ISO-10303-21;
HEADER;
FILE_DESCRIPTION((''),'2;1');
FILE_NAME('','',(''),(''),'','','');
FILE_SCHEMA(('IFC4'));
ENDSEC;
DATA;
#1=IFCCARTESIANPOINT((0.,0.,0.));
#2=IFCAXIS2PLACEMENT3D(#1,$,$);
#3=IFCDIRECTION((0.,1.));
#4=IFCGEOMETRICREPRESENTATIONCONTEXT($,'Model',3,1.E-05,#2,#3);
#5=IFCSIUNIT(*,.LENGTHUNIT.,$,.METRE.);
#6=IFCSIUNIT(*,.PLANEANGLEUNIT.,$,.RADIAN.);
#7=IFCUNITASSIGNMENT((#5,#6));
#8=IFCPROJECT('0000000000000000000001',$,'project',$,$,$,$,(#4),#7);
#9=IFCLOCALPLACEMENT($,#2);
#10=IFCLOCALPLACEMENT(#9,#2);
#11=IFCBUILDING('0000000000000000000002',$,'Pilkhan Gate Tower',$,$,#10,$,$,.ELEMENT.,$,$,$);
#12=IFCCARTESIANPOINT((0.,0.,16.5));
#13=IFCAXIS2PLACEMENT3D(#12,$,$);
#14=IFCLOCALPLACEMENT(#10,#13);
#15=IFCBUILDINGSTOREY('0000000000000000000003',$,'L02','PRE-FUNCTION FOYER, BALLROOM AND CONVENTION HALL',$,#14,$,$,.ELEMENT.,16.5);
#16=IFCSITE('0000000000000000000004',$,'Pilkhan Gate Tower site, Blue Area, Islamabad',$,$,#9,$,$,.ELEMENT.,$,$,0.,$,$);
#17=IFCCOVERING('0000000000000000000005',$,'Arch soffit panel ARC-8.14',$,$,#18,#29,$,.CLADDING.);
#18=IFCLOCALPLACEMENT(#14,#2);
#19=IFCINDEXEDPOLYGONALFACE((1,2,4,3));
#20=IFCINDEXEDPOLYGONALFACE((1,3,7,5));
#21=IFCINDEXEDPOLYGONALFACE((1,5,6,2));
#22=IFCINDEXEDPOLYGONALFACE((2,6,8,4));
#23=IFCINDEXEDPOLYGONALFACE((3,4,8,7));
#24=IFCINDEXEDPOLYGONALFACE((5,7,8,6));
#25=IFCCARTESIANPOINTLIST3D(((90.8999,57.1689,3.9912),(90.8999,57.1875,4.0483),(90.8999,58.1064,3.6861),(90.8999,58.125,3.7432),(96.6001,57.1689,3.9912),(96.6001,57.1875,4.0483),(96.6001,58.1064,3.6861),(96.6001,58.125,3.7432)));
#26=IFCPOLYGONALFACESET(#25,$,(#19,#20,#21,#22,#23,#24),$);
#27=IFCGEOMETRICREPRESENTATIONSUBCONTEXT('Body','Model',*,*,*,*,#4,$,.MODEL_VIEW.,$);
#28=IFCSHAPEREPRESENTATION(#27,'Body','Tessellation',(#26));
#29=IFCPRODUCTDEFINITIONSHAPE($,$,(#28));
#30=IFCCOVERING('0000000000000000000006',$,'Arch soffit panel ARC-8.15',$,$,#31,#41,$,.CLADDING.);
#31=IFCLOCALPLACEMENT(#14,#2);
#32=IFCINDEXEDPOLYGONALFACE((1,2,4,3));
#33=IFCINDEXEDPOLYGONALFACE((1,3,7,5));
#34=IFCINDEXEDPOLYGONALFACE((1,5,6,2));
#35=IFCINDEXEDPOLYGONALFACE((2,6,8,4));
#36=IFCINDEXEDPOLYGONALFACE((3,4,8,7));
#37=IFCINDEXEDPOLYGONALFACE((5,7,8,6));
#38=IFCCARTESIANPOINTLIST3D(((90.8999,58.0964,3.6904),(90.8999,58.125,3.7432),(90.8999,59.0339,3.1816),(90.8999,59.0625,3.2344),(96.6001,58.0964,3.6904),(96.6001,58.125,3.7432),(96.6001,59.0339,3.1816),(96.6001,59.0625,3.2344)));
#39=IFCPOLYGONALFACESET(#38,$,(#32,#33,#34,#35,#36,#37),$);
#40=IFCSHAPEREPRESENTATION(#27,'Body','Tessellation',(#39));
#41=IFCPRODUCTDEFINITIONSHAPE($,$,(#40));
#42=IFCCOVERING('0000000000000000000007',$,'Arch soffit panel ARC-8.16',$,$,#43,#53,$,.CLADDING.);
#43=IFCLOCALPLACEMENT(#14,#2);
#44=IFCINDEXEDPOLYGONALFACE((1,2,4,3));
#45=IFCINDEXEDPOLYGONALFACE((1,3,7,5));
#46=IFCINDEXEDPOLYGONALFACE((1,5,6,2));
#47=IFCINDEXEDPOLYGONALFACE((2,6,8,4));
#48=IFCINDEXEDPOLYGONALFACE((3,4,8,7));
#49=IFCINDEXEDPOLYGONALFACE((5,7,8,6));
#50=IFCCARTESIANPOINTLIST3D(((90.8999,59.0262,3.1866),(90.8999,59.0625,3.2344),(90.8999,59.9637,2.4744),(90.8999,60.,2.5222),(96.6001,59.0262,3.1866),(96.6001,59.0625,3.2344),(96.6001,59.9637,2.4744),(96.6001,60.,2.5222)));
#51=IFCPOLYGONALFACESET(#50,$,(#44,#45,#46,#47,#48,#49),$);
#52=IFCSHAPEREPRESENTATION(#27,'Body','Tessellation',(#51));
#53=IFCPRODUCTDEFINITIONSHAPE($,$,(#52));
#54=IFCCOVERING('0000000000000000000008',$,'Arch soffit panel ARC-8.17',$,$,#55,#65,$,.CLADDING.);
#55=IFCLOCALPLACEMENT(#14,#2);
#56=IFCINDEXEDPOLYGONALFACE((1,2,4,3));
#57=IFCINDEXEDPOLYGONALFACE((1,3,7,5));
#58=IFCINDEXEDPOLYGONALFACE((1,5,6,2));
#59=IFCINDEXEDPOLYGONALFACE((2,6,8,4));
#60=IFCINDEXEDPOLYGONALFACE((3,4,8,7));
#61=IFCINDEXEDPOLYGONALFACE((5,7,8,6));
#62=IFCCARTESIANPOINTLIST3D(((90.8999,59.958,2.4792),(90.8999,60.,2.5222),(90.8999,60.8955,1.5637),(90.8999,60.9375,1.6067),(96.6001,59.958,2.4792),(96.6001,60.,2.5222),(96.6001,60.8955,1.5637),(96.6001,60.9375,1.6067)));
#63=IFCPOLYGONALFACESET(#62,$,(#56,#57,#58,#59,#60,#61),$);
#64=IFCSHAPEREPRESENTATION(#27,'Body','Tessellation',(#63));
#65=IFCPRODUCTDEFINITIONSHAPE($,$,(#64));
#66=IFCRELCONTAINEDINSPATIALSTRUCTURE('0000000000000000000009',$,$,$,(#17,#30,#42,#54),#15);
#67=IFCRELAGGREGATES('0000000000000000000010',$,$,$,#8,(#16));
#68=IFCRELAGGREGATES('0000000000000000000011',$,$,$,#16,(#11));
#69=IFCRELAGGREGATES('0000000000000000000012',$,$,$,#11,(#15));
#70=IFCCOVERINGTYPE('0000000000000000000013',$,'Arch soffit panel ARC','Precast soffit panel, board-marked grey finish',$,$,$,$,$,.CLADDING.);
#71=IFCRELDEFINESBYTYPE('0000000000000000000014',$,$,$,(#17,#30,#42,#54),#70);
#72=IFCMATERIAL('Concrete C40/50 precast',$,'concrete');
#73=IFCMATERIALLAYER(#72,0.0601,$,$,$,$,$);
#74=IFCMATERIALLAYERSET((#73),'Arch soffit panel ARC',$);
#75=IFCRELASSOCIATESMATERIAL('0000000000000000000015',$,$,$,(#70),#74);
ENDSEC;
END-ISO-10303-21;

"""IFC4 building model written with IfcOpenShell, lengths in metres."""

from ifc_helpers import new_model, si_unit, direction, frame, origin, place, context, subcontext, project, spatial, polyline, outline, extrude, material, layer, layer_set, type_object, element, save


model = new_model("IFC4")

# Units and contexts
model_context = context("Model", 3, precision=1e-05, world=origin(), true_north=direction((0.0, 1.0)))
body_context = subcontext(model_context, "Body", "Model", "MODEL_VIEW")
ifc_project = project(units=[si_unit("LENGTHUNIT", "METRE"), si_unit("PLANEANGLEUNIT", "RADIAN")], contexts=[model_context])

# Site, building, storey
site_placement = place(None, origin())
site = spatial("IfcSite", under=ifc_project, at=site_placement, Name="Pilkhan Gate Tower site, Blue Area, Islamabad", CompositionType="ELEMENT", RefElevation=0.0)
building_placement = place(site_placement, origin())
building = spatial("IfcBuilding", under=site, at=building_placement, Name="Pilkhan Gate Tower", CompositionType="ELEMENT")
storey_placement = place(building_placement, frame((0.0, 0.0, 16.5)))
storey = spatial("IfcBuildingStorey", under=building, at=storey_placement, Name="L02", Description="PRE-FUNCTION FOYER, BALLROOM AND CONVENTION HALL", CompositionType="ELEMENT", Elevation=16.5)

# Coverings
ifc_material = material(Name="Concrete C40/50 precast", Category="concrete")
ifc_layer = layer(ifc_material, 0.0601)
ifc_layer_set = layer_set([ifc_layer], Name="Arch soffit panel ARC")
covering_type = type_object("IfcCoveringType", Name="Arch soffit panel ARC", Description="Precast soffit panel, board-marked grey finish", PredefinedType="CLADDING", material=ifc_layer_set)
covering_1_placement = place(storey_placement, frame((90.8999, 57.1875, 4.0483), z_axis=(0.0, 0.309534, 0.950888), x_axis=(1.0, 0.0, 0.0)))
element("IfcCovering", 1, at=covering_1_placement, inside=storey, type_object=covering_type, Name="Arch soffit panel ARC-8.14", PredefinedType="CLADDING", context=body_context, shape_type="SweptSolid", body=[
    extrude(outline(polyline([(0.0, 0.0), (5.7002, 0.0), (5.7002, 0.9859), (0.0, 0.9859), (0.0, 0.0)])), origin(), (0.0, 0.0, -1.0), 0.0601),
])
covering_2_placement = place(storey_placement, frame((90.8999, 58.125, 3.7432), z_axis=(0.0, 0.476991, 0.878908), x_axis=(1.0, 0.0, 0.0)))
element("IfcCovering", 2, at=covering_2_placement, inside=storey, type_object=covering_type, Name="Arch soffit panel ARC-8.15", PredefinedType="CLADDING", context=body_context, shape_type="SweptSolid", body=[
    extrude(outline(polyline([(0.0, 0.0), (5.7002, 0.0), (5.7002, 1.0667), (0.0, 1.0667), (0.0, 0.0)])), origin(), (0.0, 0.0, -1.0), 0.0601),
])
covering_3_placement = place(storey_placement, frame((90.8999, 59.0625, 3.2344), z_axis=(0.0, 0.604899, 0.796302), x_axis=(1.0, 0.0, 0.0)))
element("IfcCovering", 3, at=covering_3_placement, inside=storey, type_object=covering_type, Name="Arch soffit panel ARC-8.16", PredefinedType="CLADDING", context=body_context, shape_type="SweptSolid", body=[
    extrude(outline(polyline([(0.0, 0.0), (5.7002, 0.0), (5.7002, 1.1773), (0.0, 1.1773), (0.0, 0.0)])), origin(), (0.0, 0.0, -1.0), 0.0601),
])
covering_4_placement = place(storey_placement, frame((90.8999, 60.0, 2.5222), z_axis=(0.0, 0.698673, 0.715441), x_axis=(1.0, 0.0, 0.0)))
element("IfcCovering", 4, at=covering_4_placement, inside=storey, type_object=covering_type, Name="Arch soffit panel ARC-8.17", PredefinedType="CLADDING", context=body_context, shape_type="SweptSolid", body=[
    extrude(outline(polyline([(0.0, 0.0), (5.7002, 0.0), (5.7002, 1.3104), (0.0, 1.3104), (0.0, 0.0)])), origin(), (0.0, 0.0, -1.0), 0.0601),
])

save(model, "model.ifc")
